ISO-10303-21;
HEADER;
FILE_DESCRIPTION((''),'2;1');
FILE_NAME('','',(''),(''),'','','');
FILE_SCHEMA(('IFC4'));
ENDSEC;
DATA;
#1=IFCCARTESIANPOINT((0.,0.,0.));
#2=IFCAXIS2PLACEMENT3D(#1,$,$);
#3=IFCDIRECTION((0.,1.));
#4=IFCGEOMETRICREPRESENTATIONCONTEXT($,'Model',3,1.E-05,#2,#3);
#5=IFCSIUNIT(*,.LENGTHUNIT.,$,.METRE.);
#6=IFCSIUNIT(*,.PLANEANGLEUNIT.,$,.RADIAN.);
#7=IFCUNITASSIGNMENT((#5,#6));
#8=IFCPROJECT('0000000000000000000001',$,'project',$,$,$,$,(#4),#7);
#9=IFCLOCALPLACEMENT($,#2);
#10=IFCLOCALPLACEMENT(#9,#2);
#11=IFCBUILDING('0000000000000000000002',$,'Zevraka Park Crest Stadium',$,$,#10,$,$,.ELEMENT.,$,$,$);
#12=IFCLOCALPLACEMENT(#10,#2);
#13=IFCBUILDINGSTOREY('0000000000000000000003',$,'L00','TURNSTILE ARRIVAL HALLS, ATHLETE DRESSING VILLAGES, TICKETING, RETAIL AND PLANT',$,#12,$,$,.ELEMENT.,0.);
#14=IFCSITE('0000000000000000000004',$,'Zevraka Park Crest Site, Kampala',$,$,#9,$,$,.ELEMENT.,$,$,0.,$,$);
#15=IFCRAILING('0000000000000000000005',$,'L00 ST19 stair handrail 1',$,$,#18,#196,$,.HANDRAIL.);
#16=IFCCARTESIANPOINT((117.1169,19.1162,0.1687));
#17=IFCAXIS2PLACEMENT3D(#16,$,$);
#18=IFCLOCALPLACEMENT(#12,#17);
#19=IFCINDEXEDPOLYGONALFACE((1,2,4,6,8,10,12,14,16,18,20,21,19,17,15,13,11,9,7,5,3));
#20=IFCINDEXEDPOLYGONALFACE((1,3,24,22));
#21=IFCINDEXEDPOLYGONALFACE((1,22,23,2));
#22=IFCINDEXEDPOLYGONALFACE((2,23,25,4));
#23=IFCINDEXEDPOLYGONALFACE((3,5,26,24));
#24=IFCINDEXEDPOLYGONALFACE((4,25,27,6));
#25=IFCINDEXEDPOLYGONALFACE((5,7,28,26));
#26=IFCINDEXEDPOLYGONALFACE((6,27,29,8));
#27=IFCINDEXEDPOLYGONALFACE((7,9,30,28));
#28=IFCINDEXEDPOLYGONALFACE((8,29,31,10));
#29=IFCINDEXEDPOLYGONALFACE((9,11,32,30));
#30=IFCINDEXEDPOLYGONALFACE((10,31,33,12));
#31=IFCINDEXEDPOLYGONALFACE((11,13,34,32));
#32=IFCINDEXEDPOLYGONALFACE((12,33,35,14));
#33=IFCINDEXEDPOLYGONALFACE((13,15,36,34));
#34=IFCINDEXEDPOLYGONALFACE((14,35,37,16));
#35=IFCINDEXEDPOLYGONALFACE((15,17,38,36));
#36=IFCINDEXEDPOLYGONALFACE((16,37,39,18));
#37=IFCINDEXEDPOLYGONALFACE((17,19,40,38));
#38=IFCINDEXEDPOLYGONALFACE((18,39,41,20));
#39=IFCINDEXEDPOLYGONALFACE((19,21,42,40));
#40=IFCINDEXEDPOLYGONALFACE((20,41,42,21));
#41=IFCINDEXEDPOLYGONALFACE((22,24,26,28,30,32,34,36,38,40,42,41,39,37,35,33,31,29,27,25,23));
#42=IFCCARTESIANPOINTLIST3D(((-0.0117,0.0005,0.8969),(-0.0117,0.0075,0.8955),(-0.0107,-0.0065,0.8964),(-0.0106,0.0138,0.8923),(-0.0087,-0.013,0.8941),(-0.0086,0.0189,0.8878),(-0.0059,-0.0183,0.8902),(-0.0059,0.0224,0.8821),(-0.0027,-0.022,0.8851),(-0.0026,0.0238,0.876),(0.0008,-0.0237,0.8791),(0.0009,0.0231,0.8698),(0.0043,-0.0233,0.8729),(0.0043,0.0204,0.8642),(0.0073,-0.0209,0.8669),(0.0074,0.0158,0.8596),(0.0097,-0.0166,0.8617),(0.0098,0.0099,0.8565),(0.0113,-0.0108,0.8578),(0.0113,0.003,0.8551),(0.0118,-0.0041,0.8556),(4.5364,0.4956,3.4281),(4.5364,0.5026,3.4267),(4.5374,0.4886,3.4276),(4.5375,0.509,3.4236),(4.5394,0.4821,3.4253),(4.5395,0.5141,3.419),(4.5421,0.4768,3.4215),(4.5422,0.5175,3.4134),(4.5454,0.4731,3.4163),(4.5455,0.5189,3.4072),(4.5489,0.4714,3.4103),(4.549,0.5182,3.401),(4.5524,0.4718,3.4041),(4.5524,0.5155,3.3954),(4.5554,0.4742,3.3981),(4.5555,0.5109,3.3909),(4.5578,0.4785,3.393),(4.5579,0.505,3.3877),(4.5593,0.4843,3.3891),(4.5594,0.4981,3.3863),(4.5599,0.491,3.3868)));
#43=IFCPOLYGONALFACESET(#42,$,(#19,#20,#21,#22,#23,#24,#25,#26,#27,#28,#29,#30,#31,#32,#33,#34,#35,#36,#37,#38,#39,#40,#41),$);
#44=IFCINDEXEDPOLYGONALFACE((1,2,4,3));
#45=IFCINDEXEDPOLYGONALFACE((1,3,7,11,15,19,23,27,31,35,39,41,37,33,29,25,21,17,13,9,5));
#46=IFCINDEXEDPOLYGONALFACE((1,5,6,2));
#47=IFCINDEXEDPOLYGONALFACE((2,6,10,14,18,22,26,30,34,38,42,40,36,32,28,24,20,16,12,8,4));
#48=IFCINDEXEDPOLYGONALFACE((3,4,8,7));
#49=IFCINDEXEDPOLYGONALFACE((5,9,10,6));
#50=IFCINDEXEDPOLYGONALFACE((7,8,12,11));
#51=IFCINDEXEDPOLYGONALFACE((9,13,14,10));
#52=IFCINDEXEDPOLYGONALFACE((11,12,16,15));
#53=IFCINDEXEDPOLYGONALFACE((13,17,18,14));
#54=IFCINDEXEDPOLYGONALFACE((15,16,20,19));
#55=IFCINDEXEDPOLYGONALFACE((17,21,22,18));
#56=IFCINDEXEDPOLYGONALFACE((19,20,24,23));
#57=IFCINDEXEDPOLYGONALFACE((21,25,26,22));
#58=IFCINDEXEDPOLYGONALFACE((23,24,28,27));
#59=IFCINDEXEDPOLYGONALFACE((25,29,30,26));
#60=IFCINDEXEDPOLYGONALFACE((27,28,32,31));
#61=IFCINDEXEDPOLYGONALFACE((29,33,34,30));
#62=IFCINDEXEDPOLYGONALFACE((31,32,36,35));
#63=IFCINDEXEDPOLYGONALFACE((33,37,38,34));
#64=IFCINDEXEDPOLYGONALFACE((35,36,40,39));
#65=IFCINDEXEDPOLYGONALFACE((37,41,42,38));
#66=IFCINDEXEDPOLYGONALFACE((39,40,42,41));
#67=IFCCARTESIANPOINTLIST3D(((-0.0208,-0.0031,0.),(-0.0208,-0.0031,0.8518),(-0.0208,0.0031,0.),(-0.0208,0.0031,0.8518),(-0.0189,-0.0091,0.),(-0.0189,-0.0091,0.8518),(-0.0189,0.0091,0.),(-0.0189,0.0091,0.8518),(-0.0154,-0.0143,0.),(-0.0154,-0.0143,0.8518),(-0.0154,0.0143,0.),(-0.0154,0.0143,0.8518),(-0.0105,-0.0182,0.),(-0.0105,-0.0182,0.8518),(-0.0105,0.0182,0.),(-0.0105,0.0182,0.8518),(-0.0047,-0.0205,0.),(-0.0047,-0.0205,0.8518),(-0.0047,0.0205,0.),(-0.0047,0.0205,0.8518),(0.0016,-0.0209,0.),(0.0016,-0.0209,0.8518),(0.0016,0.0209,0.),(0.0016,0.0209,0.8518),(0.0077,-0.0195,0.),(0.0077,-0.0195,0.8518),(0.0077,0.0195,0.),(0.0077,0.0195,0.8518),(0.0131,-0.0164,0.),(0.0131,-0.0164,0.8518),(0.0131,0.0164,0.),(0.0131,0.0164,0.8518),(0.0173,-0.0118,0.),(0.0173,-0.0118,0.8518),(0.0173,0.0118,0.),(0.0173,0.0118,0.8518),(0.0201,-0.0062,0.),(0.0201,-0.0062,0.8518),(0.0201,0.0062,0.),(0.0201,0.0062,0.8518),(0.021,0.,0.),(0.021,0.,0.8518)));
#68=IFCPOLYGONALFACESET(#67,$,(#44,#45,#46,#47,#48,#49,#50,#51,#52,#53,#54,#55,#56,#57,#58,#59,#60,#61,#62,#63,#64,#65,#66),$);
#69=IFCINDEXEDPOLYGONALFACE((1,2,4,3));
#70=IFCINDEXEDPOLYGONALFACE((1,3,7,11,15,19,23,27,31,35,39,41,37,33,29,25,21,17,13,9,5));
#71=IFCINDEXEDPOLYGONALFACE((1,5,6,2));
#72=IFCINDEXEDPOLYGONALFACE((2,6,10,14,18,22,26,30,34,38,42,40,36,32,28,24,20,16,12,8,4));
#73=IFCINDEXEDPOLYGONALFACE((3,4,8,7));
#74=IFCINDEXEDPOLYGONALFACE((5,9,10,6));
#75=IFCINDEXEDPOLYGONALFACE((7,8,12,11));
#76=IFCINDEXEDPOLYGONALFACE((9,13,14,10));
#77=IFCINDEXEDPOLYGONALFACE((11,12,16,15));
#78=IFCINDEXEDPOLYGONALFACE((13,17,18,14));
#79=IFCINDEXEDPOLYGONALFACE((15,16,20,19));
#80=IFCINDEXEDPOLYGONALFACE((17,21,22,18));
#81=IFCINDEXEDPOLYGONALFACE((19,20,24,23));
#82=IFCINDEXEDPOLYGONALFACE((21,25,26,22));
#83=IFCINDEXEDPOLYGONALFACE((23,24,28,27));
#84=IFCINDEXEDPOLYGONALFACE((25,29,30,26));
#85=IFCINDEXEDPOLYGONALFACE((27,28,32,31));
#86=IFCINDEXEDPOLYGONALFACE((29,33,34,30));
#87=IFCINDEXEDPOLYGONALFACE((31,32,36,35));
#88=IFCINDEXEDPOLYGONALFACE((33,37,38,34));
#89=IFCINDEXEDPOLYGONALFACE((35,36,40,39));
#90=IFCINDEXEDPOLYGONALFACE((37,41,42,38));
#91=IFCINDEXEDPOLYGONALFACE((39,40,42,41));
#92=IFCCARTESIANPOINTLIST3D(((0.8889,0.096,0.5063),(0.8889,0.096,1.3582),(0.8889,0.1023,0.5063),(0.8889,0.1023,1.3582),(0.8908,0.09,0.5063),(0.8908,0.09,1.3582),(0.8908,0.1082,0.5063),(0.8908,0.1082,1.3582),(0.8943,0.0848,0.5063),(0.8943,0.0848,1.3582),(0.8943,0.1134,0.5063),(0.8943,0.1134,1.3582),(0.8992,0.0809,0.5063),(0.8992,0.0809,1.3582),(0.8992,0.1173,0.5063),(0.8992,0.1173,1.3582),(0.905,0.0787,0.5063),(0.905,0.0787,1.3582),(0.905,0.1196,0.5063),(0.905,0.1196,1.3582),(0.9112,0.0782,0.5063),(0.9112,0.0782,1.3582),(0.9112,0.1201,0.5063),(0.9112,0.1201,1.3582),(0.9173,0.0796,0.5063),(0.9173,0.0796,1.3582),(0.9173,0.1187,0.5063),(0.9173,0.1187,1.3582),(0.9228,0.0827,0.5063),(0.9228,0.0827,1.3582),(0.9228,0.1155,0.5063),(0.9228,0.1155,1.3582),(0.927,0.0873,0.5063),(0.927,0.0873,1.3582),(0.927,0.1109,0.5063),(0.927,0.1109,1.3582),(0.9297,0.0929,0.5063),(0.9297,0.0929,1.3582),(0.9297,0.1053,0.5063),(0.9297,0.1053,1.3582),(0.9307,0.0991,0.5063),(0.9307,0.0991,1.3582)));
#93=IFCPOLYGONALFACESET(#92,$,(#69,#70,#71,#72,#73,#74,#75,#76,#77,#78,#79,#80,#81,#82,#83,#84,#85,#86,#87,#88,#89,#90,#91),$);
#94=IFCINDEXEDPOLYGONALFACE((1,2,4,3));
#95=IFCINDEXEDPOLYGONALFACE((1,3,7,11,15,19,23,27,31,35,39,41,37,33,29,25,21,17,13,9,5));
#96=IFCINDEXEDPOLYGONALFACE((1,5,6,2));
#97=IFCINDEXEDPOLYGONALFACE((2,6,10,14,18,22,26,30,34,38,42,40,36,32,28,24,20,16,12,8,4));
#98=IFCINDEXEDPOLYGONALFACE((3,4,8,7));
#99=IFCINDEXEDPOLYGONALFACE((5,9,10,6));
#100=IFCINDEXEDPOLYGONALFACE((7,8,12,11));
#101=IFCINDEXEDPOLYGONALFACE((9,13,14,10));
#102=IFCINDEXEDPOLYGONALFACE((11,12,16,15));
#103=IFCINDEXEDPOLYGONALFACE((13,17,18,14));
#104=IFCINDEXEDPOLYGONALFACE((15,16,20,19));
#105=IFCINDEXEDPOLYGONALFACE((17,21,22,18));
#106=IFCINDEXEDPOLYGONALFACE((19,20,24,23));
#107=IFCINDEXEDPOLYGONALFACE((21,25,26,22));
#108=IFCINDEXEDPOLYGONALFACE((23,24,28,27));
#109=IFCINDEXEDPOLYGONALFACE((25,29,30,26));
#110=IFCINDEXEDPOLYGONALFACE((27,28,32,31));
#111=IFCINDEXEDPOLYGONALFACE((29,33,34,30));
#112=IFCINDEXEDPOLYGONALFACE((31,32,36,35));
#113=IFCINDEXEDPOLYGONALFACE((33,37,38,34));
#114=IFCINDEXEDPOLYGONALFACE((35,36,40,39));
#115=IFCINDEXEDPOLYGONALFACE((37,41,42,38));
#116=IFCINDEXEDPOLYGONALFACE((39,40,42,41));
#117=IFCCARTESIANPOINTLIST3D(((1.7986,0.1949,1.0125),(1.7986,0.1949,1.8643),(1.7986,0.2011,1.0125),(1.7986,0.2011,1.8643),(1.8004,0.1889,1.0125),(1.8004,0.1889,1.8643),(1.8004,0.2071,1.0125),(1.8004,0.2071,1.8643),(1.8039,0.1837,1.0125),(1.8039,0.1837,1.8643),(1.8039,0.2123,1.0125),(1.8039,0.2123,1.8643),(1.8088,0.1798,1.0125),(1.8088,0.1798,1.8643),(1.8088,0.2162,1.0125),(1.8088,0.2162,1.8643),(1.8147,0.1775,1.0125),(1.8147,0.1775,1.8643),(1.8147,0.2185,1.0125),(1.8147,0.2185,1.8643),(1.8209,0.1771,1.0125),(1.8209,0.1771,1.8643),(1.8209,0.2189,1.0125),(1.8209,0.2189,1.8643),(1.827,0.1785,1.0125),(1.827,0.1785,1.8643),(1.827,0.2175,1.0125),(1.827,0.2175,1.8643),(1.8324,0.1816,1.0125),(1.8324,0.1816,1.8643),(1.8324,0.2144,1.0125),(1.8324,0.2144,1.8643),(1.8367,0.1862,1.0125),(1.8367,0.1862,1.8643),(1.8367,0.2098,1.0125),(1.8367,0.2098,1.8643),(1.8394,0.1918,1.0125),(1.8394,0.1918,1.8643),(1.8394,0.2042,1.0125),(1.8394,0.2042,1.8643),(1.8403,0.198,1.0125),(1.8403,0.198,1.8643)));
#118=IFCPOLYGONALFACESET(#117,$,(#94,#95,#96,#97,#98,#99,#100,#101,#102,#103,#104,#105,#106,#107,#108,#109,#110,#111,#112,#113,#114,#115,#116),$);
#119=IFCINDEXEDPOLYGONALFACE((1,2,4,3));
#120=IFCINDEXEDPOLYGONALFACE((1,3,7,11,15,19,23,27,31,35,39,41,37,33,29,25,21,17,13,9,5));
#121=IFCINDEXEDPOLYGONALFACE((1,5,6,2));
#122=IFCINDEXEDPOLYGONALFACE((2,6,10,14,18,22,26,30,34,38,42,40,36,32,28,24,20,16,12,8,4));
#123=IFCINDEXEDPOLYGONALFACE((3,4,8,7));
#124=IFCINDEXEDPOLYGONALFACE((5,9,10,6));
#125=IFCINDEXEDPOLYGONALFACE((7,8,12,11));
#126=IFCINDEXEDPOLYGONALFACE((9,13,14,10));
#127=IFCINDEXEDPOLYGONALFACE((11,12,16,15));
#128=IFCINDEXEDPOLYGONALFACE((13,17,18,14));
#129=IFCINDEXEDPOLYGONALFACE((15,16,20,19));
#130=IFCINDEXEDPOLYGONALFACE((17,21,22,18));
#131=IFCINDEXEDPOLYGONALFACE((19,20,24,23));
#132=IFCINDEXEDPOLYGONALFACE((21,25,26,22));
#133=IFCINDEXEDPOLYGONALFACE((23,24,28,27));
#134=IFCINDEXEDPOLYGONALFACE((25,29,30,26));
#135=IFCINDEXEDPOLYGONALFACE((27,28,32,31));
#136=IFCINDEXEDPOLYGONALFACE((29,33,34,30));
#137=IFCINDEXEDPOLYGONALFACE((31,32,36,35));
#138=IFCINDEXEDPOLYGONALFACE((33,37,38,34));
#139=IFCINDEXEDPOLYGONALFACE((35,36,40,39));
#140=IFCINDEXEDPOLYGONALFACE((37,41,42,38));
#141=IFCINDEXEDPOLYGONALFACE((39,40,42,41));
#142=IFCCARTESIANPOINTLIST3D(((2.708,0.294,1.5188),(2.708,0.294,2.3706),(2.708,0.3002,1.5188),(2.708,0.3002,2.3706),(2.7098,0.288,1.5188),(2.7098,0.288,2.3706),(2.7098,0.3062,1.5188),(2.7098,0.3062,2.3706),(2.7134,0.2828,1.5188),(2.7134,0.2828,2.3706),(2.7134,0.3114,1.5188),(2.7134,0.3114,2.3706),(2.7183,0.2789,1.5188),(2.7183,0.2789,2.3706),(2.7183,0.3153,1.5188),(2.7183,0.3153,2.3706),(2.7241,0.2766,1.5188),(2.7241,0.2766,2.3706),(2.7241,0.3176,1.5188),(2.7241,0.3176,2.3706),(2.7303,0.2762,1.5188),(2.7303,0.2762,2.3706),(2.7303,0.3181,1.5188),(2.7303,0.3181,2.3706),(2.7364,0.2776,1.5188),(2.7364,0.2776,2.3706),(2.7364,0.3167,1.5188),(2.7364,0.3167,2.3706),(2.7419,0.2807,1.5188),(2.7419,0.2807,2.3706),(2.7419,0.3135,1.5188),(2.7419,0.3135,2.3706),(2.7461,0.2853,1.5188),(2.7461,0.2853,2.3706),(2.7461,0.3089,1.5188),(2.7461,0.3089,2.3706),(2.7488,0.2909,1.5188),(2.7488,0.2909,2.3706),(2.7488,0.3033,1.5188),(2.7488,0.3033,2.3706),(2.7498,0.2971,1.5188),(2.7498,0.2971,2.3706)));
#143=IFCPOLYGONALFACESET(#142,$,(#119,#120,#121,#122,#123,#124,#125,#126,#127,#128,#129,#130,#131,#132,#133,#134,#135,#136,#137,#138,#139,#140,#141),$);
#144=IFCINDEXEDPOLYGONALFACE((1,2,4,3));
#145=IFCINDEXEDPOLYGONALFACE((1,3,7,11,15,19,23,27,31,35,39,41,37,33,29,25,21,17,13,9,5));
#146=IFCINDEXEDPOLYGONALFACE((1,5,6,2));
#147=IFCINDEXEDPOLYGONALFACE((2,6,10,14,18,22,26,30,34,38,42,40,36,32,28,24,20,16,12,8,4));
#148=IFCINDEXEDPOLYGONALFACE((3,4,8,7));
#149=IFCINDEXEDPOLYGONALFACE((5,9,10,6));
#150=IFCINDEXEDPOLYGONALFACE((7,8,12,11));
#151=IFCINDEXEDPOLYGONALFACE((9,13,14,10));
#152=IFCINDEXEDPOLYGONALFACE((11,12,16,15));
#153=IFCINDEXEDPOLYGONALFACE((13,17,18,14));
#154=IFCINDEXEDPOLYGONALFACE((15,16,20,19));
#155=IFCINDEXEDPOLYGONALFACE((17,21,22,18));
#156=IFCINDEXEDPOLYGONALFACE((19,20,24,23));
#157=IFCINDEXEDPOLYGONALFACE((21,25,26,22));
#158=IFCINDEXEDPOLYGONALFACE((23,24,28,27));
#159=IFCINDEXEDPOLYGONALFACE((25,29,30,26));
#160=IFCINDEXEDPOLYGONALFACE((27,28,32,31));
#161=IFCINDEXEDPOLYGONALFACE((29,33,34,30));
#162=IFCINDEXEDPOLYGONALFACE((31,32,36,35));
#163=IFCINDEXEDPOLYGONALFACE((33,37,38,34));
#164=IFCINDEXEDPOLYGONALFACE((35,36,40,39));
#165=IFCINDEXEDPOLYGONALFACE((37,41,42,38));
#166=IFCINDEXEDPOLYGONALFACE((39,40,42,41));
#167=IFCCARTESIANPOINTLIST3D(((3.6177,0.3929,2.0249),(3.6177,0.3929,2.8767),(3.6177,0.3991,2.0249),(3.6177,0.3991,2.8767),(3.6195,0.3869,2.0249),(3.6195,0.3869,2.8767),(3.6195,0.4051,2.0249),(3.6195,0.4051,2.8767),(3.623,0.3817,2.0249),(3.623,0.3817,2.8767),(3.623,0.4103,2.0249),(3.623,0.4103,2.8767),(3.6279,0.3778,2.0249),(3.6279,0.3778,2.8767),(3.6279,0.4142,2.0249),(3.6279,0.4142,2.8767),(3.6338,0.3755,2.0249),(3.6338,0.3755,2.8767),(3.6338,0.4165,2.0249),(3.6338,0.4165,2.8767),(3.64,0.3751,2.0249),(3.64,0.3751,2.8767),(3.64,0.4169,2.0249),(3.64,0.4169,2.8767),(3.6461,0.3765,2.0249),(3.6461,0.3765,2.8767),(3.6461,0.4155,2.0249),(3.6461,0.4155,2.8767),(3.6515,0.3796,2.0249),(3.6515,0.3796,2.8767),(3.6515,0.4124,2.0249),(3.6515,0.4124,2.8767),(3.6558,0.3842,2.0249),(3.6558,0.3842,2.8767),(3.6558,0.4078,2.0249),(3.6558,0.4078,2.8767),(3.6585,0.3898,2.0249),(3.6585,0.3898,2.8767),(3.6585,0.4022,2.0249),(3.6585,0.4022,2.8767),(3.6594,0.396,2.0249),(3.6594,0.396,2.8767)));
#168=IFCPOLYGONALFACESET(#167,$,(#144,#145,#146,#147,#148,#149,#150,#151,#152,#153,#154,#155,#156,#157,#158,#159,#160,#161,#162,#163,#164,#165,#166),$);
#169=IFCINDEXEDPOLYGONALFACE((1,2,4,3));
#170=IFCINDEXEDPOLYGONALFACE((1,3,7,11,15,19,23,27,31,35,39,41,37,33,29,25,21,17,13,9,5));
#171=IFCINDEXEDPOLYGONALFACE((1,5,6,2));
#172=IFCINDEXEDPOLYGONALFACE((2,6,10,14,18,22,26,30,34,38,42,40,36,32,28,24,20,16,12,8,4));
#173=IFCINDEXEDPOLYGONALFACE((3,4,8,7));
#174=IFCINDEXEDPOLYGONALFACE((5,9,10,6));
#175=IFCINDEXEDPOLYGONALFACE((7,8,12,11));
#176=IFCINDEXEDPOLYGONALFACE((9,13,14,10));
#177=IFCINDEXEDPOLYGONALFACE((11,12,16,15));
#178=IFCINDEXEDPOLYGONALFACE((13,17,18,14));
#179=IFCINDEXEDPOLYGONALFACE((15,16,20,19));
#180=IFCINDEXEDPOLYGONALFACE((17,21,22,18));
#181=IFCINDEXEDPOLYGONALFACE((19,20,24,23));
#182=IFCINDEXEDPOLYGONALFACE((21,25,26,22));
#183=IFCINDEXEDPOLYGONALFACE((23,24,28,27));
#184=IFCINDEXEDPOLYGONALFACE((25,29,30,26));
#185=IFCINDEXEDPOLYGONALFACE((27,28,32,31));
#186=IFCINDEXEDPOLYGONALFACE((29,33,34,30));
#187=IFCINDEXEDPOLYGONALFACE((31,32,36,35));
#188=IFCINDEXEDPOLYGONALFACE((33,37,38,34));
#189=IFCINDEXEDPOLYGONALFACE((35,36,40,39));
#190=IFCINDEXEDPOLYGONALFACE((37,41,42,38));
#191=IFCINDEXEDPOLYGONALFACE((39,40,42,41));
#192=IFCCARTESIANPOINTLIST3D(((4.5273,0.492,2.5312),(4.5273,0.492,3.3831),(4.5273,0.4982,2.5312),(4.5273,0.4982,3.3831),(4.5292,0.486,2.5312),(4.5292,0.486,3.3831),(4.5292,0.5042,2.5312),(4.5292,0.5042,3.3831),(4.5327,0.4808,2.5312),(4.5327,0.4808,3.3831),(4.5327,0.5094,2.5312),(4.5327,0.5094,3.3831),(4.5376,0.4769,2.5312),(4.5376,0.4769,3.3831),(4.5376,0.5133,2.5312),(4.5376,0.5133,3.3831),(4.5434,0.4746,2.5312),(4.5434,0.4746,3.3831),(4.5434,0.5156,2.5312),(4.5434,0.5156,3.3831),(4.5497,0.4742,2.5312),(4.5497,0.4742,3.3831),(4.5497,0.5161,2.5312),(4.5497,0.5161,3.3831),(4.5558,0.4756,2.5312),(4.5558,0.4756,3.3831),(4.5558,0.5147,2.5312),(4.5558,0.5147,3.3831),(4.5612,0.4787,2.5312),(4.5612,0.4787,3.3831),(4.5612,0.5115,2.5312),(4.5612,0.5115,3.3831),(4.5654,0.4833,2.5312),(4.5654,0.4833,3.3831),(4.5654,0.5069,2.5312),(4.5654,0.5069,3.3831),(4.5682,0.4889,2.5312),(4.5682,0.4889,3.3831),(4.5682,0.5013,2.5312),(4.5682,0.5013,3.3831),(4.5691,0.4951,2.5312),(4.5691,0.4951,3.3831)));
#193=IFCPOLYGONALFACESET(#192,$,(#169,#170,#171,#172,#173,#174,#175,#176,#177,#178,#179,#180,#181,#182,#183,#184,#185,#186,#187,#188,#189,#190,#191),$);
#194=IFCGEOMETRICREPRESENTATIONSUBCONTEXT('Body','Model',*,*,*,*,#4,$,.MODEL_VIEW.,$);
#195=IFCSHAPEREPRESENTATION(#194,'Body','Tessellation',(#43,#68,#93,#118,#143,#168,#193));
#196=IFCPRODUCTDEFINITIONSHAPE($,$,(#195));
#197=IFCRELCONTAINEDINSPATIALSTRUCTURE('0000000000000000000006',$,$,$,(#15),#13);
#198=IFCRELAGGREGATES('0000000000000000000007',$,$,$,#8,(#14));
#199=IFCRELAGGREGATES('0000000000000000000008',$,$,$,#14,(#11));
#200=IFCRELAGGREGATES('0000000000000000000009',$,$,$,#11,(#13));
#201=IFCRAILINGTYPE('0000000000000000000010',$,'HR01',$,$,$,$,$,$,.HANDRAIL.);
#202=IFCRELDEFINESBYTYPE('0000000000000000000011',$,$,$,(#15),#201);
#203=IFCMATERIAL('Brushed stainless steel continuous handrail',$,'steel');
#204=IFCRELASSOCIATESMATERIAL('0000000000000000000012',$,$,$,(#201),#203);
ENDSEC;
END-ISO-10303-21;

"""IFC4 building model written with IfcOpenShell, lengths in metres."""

from ifc_helpers import new_model, si_unit, direction, frame, origin, origin_2d, place, context, subcontext, project, spatial, circle, extrude, material, type_object, element, save


model = new_model("IFC4")

# Units and contexts
model_context = context("Model", 3, precision=1e-05, world=origin(), true_north=direction((0.0, 1.0)))
body_context = subcontext(model_context, "Body", "Model", "MODEL_VIEW")
ifc_project = project(units=[si_unit("LENGTHUNIT", "METRE"), si_unit("PLANEANGLEUNIT", "RADIAN")], contexts=[model_context])

# Site, building, storey
site_placement = place(None, origin())
site = spatial("IfcSite", under=ifc_project, at=site_placement, Name="Zevraka Park Crest Site, Kampala", CompositionType="ELEMENT", RefElevation=0.0)
building_placement = place(site_placement, origin())
building = spatial("IfcBuilding", under=site, at=building_placement, Name="Zevraka Park Crest Stadium", CompositionType="ELEMENT")
storey_placement = place(building_placement, origin())
storey = spatial("IfcBuildingStorey", under=building, at=storey_placement, Name="L00", Description="TURNSTILE ARRIVAL HALLS, ATHLETE DRESSING VILLAGES, TICKETING, RETAIL AND PLANT", CompositionType="ELEMENT", Elevation=0.0)

# Railing
ifc_material_1 = material(Name="Brushed stainless steel continuous handrail", Category="steel")
railing_type = type_object("IfcRailingType", Name="HR01", PredefinedType="HANDRAIL", material=ifc_material_1)
railing_1_placement = place(storey_placement, frame((117.1169, 19.1162, 0.1687)))
element("IfcRailing", 1, at=railing_1_placement, inside=storey, type_object=railing_type, Name="L00 ST19 stair handrail 1", PredefinedType="HANDRAIL", context=body_context, shape_type="SweptSolid", body=[
    extrude(circle(Radius=0.0239, at=origin_2d()), frame((0.0, 0.0, 0.876), z_axis=(0.869861, 0.094695, 0.484123), x_axis=(-0.108223, 0.994127, 0.0)), (0.0, 0.0, 1.0), 5.2285),
    extrude(circle(Radius=0.021, at=origin_2d()), origin(), (0.0, 0.0, 1.0), 0.8518),
    extrude(circle(Radius=0.021, at=origin_2d()), frame((0.9097, 0.0991, 0.5063)), (0.0, 0.0, 1.0), 0.8518),
    extrude(circle(Radius=0.021, at=origin_2d()), frame((1.8193, 0.198, 1.0125)), (0.0, 0.0, 1.0), 0.8518),
    extrude(circle(Radius=0.021, at=origin_2d()), frame((2.7288, 0.2971, 1.5188)), (0.0, 0.0, 1.0), 0.8518),
    extrude(circle(Radius=0.021, at=origin_2d()), frame((3.6384, 0.396, 2.0249)), (0.0, 0.0, 1.0), 0.8518),
    extrude(circle(Radius=0.021, at=origin_2d()), frame((4.5481, 0.4951, 2.5312)), (0.0, 0.0, 1.0), 0.8518),
])

save(model, "model.ifc")
